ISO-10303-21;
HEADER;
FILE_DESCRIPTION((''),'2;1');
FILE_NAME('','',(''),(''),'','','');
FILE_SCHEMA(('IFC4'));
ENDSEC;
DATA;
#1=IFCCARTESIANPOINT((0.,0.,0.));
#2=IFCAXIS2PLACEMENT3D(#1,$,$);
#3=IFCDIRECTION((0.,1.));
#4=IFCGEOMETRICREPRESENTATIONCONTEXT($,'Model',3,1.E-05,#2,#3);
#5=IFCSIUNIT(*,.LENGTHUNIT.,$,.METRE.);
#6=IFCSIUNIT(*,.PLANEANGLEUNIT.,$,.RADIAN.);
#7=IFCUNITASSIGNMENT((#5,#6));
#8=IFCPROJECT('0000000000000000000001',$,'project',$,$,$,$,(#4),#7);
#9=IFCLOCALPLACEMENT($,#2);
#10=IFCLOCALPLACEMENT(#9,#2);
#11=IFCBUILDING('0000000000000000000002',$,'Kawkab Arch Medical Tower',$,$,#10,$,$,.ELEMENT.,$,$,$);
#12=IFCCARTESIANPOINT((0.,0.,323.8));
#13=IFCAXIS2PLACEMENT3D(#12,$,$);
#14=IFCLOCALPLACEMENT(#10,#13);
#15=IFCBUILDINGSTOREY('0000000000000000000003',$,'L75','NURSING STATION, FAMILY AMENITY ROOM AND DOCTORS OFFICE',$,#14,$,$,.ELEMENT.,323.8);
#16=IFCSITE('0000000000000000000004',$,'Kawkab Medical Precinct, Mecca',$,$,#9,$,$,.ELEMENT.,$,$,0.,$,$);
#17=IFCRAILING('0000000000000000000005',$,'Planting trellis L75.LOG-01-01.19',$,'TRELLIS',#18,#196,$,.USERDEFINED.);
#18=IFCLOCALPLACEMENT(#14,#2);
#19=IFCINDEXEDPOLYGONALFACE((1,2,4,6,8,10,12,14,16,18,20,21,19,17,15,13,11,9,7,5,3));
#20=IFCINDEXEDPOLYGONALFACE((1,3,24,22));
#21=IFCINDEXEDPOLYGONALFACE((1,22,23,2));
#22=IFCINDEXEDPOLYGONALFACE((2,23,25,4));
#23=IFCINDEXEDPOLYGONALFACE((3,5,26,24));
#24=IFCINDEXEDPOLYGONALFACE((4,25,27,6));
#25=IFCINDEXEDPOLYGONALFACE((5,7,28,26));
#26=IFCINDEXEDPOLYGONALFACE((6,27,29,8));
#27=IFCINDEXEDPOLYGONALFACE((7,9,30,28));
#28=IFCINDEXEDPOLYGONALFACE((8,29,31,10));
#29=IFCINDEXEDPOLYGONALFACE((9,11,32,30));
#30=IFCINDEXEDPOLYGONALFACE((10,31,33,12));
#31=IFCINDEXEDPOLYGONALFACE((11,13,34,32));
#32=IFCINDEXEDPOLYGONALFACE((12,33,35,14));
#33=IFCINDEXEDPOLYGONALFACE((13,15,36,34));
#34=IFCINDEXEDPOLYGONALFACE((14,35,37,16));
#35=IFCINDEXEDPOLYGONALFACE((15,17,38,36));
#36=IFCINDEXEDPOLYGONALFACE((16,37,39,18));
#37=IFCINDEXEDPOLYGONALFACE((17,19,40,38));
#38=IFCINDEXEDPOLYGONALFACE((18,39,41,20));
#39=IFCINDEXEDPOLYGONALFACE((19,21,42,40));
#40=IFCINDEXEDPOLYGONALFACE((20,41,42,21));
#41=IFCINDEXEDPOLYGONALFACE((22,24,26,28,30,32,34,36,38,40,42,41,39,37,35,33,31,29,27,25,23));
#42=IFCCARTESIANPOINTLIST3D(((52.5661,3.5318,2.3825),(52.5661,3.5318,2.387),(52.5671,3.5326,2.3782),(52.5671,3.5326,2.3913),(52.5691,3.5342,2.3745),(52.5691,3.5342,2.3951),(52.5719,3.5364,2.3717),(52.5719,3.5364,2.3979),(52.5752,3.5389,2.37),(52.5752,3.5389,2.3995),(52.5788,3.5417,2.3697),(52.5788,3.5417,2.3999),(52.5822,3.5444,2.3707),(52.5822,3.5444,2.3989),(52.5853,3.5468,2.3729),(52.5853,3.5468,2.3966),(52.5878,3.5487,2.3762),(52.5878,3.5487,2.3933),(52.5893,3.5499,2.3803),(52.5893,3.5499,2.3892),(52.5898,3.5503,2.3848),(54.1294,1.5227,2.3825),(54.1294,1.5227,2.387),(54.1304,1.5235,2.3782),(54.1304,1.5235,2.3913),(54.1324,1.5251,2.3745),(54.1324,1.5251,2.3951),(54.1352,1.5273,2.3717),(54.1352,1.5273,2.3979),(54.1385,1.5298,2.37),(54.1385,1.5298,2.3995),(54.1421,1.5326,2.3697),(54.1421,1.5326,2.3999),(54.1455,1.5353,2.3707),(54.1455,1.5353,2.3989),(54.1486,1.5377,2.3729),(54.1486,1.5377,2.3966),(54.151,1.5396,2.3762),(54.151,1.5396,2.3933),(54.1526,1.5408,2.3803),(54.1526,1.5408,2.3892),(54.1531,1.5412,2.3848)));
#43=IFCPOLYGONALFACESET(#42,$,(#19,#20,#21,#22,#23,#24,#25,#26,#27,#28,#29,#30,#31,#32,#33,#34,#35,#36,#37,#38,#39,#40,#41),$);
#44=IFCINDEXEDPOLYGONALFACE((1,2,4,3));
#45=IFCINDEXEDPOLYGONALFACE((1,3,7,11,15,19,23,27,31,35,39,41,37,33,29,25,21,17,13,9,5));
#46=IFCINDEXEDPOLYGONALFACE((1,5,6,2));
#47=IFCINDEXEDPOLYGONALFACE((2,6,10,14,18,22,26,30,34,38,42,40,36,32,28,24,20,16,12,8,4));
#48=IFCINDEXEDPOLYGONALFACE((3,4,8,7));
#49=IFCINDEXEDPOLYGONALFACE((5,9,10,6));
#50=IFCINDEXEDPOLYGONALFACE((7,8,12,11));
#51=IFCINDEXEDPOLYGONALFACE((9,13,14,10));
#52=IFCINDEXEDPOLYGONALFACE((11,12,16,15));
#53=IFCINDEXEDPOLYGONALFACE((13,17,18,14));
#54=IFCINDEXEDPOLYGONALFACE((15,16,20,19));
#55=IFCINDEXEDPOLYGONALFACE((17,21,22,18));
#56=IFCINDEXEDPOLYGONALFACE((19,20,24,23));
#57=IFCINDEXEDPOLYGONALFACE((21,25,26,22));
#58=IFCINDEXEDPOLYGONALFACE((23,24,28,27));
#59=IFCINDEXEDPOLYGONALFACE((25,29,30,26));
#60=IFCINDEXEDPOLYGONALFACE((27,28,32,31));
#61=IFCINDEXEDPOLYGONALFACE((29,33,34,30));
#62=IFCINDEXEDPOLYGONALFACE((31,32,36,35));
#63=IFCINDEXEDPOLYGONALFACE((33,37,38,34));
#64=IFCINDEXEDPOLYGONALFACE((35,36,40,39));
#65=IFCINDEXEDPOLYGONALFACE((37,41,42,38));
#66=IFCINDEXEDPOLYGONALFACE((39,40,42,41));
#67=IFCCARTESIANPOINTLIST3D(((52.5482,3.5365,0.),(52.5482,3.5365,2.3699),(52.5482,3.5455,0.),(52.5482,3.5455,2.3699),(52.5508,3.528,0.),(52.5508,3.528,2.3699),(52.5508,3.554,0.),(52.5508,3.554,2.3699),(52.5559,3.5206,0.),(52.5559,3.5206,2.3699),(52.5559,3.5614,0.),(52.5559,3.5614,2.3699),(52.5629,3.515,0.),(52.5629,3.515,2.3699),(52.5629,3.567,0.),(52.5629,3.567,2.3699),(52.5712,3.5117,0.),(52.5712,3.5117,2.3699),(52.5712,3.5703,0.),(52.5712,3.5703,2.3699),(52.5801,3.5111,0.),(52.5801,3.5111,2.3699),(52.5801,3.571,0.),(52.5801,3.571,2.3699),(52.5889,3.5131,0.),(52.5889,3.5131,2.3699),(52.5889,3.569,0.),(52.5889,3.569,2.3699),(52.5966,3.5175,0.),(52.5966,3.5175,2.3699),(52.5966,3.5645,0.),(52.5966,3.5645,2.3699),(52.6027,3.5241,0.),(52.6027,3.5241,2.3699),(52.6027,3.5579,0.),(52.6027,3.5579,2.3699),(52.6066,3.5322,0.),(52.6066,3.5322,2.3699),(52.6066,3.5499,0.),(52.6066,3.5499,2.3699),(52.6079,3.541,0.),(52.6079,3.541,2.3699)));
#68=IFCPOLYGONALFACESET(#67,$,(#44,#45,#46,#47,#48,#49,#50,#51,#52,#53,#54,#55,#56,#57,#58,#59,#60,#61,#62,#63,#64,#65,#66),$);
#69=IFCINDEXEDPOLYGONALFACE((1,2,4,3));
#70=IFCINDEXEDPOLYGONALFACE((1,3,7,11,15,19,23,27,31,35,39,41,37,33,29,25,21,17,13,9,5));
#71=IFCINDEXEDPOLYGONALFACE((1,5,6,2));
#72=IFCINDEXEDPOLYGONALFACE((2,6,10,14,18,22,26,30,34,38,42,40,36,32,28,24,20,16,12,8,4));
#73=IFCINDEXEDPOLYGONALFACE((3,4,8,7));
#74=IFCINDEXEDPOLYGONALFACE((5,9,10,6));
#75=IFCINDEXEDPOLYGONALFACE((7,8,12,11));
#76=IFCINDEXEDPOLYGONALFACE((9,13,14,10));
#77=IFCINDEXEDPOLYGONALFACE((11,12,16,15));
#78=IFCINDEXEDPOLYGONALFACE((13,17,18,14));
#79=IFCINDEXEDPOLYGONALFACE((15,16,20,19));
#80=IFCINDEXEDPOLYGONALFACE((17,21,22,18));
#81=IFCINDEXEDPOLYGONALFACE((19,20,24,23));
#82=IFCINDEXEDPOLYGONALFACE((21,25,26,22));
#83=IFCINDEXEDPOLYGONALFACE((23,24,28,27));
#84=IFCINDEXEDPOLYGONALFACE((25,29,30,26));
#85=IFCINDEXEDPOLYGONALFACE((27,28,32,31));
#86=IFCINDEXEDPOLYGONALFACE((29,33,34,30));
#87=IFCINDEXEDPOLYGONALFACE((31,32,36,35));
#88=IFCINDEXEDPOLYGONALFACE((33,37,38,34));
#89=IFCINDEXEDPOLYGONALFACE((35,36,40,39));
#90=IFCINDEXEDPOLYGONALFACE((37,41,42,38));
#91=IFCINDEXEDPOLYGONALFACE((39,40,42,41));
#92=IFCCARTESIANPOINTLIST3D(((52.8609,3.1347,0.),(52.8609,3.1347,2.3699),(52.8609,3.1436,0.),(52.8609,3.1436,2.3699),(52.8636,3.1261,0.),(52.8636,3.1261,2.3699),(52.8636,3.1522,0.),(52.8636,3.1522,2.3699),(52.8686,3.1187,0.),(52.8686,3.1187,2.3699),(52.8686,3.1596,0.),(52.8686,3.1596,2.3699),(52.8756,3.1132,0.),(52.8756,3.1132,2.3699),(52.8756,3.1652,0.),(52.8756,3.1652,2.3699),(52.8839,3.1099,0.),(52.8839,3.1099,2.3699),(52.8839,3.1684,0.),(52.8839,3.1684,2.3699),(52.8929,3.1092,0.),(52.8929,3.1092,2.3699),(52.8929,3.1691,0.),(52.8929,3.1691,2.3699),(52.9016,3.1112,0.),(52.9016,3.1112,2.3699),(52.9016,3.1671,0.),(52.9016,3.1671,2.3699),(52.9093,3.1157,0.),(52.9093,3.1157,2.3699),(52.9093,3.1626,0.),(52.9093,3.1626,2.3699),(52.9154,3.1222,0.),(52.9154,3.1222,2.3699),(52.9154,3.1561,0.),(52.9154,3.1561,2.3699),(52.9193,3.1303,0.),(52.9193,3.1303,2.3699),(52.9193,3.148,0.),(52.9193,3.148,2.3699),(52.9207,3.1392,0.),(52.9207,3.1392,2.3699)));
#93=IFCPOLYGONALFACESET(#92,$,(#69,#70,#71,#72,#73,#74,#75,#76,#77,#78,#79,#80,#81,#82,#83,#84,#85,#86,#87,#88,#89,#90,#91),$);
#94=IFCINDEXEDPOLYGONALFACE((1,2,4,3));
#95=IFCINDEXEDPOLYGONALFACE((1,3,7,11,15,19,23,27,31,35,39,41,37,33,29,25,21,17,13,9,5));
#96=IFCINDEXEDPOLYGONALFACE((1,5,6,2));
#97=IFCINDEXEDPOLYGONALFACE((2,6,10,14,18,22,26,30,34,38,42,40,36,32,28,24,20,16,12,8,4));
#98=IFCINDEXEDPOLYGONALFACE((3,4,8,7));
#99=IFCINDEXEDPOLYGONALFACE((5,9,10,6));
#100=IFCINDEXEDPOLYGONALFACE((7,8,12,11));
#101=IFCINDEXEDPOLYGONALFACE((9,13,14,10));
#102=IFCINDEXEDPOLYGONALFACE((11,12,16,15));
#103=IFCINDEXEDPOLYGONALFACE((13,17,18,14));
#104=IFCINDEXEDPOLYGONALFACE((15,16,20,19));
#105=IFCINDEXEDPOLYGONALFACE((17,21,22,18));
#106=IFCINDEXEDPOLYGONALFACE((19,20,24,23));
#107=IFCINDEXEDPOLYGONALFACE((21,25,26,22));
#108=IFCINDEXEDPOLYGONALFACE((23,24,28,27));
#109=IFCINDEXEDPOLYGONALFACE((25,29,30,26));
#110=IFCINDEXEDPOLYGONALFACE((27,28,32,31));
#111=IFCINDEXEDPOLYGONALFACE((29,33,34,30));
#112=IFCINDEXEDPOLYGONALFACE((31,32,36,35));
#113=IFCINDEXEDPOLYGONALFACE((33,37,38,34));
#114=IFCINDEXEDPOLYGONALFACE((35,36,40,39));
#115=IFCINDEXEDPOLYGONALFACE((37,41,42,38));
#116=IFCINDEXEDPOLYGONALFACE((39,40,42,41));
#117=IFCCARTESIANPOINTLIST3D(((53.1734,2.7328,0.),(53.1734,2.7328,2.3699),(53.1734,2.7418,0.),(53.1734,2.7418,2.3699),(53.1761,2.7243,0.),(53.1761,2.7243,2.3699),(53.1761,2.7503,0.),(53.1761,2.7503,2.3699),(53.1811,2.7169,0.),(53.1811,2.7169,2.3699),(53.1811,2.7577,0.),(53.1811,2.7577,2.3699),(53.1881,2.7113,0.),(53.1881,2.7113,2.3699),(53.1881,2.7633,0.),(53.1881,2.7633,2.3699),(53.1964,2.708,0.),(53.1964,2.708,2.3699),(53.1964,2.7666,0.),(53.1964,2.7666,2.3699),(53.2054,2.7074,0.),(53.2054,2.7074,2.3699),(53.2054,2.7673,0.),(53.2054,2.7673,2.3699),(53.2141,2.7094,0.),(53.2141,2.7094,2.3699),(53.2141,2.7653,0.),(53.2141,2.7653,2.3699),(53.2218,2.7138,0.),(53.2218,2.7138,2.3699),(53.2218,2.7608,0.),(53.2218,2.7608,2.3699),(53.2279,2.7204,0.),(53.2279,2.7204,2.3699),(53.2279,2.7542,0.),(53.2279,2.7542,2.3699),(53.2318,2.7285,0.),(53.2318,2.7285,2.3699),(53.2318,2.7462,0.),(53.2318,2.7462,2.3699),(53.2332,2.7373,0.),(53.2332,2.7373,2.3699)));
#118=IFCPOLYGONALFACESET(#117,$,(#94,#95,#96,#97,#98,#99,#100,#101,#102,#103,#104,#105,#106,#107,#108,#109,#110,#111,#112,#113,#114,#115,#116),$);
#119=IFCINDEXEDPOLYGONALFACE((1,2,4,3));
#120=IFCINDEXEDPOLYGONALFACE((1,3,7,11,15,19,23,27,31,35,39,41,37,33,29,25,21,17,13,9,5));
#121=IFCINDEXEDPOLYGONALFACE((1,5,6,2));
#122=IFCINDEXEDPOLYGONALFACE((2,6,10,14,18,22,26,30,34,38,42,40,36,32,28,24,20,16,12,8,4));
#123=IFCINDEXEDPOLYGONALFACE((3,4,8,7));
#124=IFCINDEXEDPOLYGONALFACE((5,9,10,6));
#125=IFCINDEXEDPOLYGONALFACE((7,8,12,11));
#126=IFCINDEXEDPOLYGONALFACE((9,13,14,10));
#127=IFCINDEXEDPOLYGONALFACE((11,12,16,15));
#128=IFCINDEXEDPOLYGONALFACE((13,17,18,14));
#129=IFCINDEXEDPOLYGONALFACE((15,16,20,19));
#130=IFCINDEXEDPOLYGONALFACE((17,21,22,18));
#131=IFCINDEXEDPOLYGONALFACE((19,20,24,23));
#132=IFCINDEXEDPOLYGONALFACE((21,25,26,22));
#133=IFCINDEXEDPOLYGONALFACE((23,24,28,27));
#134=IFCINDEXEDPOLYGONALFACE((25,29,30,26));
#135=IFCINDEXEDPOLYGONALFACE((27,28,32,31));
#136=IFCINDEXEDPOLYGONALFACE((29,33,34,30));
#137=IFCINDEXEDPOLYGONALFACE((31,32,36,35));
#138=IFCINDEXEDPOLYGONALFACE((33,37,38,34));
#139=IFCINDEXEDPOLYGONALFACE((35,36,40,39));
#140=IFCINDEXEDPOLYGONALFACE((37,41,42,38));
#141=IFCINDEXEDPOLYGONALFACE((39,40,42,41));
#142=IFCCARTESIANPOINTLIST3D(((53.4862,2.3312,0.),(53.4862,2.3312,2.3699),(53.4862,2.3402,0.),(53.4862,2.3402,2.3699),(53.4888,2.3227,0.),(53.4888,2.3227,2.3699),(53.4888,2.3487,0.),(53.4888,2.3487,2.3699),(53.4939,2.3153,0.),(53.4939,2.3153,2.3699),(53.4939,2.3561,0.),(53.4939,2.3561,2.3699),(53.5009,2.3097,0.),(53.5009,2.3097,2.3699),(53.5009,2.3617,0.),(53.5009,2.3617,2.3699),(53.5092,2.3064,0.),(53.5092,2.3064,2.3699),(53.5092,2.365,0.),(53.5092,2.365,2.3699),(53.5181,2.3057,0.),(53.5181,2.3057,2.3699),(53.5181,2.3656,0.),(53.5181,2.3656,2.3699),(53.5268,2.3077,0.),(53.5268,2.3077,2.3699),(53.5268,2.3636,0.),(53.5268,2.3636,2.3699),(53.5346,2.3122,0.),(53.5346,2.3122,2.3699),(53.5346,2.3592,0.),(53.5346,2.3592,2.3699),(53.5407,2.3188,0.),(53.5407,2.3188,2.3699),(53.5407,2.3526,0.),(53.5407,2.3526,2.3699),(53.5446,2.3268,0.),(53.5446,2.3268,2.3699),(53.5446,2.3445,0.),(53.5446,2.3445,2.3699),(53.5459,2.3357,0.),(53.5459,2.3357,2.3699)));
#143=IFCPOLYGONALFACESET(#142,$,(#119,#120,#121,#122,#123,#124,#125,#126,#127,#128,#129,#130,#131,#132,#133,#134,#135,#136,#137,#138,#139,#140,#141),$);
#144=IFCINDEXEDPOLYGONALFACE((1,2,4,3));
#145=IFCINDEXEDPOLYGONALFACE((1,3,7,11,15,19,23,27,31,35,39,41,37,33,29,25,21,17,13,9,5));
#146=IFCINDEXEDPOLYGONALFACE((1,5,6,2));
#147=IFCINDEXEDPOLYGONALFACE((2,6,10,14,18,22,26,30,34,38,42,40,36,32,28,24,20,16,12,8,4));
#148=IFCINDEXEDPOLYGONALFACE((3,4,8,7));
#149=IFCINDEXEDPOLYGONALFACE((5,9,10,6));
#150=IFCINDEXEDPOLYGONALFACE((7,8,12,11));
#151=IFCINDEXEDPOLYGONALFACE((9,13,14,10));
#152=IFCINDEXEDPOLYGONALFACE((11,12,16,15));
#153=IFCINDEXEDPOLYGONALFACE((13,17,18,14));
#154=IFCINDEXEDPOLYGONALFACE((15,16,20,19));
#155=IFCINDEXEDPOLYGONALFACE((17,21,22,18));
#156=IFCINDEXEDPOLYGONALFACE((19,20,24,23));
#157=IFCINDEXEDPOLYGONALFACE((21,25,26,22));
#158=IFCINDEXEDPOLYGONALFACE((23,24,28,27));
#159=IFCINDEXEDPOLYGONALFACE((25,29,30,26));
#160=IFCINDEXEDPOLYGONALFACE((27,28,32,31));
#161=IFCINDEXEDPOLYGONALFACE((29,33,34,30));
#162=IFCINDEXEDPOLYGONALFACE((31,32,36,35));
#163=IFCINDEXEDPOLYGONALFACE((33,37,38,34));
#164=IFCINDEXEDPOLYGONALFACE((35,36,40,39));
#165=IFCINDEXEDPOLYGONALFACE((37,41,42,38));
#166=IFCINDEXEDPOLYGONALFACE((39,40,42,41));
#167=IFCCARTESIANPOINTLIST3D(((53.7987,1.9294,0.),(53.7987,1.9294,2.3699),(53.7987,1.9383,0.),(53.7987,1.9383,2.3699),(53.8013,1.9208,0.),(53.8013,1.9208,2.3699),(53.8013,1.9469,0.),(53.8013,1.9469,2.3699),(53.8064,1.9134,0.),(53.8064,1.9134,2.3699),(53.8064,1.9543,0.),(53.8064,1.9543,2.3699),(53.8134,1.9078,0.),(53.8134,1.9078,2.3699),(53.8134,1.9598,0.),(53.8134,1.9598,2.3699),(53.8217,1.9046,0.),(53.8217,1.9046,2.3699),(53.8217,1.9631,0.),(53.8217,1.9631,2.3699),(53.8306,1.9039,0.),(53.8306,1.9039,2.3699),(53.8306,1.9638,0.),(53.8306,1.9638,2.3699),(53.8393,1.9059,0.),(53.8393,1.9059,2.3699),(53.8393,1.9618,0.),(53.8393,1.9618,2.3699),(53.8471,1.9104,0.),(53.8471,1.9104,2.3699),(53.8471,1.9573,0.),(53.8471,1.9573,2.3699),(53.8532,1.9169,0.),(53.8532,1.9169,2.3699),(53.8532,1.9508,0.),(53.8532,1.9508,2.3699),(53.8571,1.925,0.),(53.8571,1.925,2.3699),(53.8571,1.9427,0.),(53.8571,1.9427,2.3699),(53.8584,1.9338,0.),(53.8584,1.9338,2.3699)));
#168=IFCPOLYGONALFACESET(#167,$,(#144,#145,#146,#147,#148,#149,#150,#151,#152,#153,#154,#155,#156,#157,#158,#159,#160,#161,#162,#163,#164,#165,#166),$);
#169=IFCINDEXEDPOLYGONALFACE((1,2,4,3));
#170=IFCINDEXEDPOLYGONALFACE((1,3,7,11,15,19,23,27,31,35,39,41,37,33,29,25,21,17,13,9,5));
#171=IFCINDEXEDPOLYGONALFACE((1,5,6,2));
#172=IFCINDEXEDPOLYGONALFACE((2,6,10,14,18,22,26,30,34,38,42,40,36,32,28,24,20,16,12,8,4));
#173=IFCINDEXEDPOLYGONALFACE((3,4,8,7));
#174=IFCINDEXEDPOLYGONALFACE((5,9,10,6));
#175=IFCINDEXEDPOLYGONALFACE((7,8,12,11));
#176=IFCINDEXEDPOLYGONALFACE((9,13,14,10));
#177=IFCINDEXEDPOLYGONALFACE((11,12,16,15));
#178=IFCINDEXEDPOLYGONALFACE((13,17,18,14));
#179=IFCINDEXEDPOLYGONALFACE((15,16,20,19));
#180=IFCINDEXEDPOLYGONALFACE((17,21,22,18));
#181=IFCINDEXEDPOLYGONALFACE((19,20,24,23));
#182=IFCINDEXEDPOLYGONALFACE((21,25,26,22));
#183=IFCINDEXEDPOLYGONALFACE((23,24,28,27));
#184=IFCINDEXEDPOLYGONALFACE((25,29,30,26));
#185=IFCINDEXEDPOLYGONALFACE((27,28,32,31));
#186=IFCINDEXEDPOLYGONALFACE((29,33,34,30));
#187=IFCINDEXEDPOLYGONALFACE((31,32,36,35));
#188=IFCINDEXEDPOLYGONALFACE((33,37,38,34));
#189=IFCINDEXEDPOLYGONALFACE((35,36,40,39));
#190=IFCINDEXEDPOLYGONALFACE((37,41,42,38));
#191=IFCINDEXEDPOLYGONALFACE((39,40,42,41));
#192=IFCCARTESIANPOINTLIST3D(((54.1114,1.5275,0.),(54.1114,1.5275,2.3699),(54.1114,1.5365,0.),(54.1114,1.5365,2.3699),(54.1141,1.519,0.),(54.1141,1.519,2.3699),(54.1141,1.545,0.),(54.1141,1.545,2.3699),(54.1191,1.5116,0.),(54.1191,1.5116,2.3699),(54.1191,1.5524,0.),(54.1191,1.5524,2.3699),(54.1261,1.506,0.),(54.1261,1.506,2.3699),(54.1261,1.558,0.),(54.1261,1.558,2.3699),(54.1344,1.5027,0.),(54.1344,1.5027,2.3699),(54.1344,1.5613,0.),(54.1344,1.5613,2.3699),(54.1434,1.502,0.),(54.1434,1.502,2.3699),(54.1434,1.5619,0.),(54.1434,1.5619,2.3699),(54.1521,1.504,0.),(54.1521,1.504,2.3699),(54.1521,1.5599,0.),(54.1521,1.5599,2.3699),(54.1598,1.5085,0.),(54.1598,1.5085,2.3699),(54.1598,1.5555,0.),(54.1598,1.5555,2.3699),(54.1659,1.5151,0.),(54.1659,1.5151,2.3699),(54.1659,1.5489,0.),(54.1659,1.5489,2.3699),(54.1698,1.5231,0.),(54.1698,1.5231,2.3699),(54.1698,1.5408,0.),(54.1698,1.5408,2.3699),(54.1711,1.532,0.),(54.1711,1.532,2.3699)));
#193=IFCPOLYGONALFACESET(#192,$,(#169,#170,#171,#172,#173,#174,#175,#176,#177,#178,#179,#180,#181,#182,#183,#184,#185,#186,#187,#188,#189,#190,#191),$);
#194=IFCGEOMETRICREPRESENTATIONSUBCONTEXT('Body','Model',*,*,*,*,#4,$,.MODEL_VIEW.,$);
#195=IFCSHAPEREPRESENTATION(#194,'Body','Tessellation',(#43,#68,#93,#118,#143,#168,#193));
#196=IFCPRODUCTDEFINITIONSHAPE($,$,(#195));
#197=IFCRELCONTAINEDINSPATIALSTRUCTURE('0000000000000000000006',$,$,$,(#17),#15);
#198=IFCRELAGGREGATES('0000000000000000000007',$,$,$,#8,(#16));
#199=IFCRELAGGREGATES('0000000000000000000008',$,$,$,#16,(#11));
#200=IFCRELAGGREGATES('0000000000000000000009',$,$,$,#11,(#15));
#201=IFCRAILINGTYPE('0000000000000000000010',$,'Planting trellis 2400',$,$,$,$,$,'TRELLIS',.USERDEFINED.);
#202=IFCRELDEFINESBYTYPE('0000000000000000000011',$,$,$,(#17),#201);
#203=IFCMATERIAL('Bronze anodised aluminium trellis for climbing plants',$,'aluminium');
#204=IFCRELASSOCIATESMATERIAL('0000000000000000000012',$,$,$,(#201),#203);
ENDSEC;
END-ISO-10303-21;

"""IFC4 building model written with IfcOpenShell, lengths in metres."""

from ifc_helpers import new_model, si_unit, direction, frame, origin, origin_2d, place, context, subcontext, project, spatial, circle, extrude, material, type_object, element, save


model = new_model("IFC4")

# Units and contexts
model_context = context("Model", 3, precision=1e-05, world=origin(), true_north=direction((0.0, 1.0)))
body_context = subcontext(model_context, "Body", "Model", "MODEL_VIEW")
ifc_project = project(units=[si_unit("LENGTHUNIT", "METRE"), si_unit("PLANEANGLEUNIT", "RADIAN")], contexts=[model_context])

# Site, building, storey
site_placement = place(None, origin())
site = spatial("IfcSite", under=ifc_project, at=site_placement, Name="Kawkab Medical Precinct, Mecca", CompositionType="ELEMENT", RefElevation=0.0)
building_placement = place(site_placement, origin())
building = spatial("IfcBuilding", under=site, at=building_placement, Name="Kawkab Arch Medical Tower", CompositionType="ELEMENT")
storey_placement = place(building_placement, frame((0.0, 0.0, 323.8)))
storey = spatial("IfcBuildingStorey", under=building, at=storey_placement, Name="L75", Description="NURSING STATION, FAMILY AMENITY ROOM AND DOCTORS OFFICE", CompositionType="ELEMENT", Elevation=323.8)

# Railing
ifc_material_1 = material(Name="Bronze anodised aluminium trellis for climbing plants", Category="aluminium")
railing_type = type_object("IfcRailingType", Name="Planting trellis 2400", ElementType="TRELLIS", PredefinedType="USERDEFINED", material=ifc_material_1)
railing_1_placement = place(storey_placement, frame((52.5779, 3.541, 0.0)))
element("IfcRailing", 1, at=railing_1_placement, inside=storey, type_object=railing_type, Name="Planting trellis L75.LOG-01-01.19", ObjectType="TRELLIS", PredefinedType="USERDEFINED", context=body_context, shape_type="SweptSolid", body=[
    extrude(circle(Radius=0.0151, at=origin_2d()), frame((0.0, 0.0, 2.3848), z_axis=(0.6141, -0.789228, 0.0), x_axis=(0.789228, 0.6141, 0.0)), (0.0, 0.0, 1.0), 2.5457),
    extrude(circle(Radius=0.03, at=origin_2d()), origin(), (0.0, 0.0, 1.0), 2.3699),
    extrude(circle(Radius=0.03, at=origin_2d()), frame((0.3127, -0.4019, 0.0)), (0.0, 0.0, 1.0), 2.3699),
    extrude(circle(Radius=0.03, at=origin_2d()), frame((0.6252, -0.8037, 0.0)), (0.0, 0.0, 1.0), 2.3699),
    extrude(circle(Radius=0.03, at=origin_2d()), frame((0.938, -1.2053, 0.0)), (0.0, 0.0, 1.0), 2.3699),
    extrude(circle(Radius=0.03, at=origin_2d()), frame((1.2505, -1.6072, 0.0)), (0.0, 0.0, 1.0), 2.3699),
    extrude(circle(Radius=0.03, at=origin_2d()), frame((1.5632, -2.009, 0.0)), (0.0, 0.0, 1.0), 2.3699),
])

save(model, "model.ifc")
